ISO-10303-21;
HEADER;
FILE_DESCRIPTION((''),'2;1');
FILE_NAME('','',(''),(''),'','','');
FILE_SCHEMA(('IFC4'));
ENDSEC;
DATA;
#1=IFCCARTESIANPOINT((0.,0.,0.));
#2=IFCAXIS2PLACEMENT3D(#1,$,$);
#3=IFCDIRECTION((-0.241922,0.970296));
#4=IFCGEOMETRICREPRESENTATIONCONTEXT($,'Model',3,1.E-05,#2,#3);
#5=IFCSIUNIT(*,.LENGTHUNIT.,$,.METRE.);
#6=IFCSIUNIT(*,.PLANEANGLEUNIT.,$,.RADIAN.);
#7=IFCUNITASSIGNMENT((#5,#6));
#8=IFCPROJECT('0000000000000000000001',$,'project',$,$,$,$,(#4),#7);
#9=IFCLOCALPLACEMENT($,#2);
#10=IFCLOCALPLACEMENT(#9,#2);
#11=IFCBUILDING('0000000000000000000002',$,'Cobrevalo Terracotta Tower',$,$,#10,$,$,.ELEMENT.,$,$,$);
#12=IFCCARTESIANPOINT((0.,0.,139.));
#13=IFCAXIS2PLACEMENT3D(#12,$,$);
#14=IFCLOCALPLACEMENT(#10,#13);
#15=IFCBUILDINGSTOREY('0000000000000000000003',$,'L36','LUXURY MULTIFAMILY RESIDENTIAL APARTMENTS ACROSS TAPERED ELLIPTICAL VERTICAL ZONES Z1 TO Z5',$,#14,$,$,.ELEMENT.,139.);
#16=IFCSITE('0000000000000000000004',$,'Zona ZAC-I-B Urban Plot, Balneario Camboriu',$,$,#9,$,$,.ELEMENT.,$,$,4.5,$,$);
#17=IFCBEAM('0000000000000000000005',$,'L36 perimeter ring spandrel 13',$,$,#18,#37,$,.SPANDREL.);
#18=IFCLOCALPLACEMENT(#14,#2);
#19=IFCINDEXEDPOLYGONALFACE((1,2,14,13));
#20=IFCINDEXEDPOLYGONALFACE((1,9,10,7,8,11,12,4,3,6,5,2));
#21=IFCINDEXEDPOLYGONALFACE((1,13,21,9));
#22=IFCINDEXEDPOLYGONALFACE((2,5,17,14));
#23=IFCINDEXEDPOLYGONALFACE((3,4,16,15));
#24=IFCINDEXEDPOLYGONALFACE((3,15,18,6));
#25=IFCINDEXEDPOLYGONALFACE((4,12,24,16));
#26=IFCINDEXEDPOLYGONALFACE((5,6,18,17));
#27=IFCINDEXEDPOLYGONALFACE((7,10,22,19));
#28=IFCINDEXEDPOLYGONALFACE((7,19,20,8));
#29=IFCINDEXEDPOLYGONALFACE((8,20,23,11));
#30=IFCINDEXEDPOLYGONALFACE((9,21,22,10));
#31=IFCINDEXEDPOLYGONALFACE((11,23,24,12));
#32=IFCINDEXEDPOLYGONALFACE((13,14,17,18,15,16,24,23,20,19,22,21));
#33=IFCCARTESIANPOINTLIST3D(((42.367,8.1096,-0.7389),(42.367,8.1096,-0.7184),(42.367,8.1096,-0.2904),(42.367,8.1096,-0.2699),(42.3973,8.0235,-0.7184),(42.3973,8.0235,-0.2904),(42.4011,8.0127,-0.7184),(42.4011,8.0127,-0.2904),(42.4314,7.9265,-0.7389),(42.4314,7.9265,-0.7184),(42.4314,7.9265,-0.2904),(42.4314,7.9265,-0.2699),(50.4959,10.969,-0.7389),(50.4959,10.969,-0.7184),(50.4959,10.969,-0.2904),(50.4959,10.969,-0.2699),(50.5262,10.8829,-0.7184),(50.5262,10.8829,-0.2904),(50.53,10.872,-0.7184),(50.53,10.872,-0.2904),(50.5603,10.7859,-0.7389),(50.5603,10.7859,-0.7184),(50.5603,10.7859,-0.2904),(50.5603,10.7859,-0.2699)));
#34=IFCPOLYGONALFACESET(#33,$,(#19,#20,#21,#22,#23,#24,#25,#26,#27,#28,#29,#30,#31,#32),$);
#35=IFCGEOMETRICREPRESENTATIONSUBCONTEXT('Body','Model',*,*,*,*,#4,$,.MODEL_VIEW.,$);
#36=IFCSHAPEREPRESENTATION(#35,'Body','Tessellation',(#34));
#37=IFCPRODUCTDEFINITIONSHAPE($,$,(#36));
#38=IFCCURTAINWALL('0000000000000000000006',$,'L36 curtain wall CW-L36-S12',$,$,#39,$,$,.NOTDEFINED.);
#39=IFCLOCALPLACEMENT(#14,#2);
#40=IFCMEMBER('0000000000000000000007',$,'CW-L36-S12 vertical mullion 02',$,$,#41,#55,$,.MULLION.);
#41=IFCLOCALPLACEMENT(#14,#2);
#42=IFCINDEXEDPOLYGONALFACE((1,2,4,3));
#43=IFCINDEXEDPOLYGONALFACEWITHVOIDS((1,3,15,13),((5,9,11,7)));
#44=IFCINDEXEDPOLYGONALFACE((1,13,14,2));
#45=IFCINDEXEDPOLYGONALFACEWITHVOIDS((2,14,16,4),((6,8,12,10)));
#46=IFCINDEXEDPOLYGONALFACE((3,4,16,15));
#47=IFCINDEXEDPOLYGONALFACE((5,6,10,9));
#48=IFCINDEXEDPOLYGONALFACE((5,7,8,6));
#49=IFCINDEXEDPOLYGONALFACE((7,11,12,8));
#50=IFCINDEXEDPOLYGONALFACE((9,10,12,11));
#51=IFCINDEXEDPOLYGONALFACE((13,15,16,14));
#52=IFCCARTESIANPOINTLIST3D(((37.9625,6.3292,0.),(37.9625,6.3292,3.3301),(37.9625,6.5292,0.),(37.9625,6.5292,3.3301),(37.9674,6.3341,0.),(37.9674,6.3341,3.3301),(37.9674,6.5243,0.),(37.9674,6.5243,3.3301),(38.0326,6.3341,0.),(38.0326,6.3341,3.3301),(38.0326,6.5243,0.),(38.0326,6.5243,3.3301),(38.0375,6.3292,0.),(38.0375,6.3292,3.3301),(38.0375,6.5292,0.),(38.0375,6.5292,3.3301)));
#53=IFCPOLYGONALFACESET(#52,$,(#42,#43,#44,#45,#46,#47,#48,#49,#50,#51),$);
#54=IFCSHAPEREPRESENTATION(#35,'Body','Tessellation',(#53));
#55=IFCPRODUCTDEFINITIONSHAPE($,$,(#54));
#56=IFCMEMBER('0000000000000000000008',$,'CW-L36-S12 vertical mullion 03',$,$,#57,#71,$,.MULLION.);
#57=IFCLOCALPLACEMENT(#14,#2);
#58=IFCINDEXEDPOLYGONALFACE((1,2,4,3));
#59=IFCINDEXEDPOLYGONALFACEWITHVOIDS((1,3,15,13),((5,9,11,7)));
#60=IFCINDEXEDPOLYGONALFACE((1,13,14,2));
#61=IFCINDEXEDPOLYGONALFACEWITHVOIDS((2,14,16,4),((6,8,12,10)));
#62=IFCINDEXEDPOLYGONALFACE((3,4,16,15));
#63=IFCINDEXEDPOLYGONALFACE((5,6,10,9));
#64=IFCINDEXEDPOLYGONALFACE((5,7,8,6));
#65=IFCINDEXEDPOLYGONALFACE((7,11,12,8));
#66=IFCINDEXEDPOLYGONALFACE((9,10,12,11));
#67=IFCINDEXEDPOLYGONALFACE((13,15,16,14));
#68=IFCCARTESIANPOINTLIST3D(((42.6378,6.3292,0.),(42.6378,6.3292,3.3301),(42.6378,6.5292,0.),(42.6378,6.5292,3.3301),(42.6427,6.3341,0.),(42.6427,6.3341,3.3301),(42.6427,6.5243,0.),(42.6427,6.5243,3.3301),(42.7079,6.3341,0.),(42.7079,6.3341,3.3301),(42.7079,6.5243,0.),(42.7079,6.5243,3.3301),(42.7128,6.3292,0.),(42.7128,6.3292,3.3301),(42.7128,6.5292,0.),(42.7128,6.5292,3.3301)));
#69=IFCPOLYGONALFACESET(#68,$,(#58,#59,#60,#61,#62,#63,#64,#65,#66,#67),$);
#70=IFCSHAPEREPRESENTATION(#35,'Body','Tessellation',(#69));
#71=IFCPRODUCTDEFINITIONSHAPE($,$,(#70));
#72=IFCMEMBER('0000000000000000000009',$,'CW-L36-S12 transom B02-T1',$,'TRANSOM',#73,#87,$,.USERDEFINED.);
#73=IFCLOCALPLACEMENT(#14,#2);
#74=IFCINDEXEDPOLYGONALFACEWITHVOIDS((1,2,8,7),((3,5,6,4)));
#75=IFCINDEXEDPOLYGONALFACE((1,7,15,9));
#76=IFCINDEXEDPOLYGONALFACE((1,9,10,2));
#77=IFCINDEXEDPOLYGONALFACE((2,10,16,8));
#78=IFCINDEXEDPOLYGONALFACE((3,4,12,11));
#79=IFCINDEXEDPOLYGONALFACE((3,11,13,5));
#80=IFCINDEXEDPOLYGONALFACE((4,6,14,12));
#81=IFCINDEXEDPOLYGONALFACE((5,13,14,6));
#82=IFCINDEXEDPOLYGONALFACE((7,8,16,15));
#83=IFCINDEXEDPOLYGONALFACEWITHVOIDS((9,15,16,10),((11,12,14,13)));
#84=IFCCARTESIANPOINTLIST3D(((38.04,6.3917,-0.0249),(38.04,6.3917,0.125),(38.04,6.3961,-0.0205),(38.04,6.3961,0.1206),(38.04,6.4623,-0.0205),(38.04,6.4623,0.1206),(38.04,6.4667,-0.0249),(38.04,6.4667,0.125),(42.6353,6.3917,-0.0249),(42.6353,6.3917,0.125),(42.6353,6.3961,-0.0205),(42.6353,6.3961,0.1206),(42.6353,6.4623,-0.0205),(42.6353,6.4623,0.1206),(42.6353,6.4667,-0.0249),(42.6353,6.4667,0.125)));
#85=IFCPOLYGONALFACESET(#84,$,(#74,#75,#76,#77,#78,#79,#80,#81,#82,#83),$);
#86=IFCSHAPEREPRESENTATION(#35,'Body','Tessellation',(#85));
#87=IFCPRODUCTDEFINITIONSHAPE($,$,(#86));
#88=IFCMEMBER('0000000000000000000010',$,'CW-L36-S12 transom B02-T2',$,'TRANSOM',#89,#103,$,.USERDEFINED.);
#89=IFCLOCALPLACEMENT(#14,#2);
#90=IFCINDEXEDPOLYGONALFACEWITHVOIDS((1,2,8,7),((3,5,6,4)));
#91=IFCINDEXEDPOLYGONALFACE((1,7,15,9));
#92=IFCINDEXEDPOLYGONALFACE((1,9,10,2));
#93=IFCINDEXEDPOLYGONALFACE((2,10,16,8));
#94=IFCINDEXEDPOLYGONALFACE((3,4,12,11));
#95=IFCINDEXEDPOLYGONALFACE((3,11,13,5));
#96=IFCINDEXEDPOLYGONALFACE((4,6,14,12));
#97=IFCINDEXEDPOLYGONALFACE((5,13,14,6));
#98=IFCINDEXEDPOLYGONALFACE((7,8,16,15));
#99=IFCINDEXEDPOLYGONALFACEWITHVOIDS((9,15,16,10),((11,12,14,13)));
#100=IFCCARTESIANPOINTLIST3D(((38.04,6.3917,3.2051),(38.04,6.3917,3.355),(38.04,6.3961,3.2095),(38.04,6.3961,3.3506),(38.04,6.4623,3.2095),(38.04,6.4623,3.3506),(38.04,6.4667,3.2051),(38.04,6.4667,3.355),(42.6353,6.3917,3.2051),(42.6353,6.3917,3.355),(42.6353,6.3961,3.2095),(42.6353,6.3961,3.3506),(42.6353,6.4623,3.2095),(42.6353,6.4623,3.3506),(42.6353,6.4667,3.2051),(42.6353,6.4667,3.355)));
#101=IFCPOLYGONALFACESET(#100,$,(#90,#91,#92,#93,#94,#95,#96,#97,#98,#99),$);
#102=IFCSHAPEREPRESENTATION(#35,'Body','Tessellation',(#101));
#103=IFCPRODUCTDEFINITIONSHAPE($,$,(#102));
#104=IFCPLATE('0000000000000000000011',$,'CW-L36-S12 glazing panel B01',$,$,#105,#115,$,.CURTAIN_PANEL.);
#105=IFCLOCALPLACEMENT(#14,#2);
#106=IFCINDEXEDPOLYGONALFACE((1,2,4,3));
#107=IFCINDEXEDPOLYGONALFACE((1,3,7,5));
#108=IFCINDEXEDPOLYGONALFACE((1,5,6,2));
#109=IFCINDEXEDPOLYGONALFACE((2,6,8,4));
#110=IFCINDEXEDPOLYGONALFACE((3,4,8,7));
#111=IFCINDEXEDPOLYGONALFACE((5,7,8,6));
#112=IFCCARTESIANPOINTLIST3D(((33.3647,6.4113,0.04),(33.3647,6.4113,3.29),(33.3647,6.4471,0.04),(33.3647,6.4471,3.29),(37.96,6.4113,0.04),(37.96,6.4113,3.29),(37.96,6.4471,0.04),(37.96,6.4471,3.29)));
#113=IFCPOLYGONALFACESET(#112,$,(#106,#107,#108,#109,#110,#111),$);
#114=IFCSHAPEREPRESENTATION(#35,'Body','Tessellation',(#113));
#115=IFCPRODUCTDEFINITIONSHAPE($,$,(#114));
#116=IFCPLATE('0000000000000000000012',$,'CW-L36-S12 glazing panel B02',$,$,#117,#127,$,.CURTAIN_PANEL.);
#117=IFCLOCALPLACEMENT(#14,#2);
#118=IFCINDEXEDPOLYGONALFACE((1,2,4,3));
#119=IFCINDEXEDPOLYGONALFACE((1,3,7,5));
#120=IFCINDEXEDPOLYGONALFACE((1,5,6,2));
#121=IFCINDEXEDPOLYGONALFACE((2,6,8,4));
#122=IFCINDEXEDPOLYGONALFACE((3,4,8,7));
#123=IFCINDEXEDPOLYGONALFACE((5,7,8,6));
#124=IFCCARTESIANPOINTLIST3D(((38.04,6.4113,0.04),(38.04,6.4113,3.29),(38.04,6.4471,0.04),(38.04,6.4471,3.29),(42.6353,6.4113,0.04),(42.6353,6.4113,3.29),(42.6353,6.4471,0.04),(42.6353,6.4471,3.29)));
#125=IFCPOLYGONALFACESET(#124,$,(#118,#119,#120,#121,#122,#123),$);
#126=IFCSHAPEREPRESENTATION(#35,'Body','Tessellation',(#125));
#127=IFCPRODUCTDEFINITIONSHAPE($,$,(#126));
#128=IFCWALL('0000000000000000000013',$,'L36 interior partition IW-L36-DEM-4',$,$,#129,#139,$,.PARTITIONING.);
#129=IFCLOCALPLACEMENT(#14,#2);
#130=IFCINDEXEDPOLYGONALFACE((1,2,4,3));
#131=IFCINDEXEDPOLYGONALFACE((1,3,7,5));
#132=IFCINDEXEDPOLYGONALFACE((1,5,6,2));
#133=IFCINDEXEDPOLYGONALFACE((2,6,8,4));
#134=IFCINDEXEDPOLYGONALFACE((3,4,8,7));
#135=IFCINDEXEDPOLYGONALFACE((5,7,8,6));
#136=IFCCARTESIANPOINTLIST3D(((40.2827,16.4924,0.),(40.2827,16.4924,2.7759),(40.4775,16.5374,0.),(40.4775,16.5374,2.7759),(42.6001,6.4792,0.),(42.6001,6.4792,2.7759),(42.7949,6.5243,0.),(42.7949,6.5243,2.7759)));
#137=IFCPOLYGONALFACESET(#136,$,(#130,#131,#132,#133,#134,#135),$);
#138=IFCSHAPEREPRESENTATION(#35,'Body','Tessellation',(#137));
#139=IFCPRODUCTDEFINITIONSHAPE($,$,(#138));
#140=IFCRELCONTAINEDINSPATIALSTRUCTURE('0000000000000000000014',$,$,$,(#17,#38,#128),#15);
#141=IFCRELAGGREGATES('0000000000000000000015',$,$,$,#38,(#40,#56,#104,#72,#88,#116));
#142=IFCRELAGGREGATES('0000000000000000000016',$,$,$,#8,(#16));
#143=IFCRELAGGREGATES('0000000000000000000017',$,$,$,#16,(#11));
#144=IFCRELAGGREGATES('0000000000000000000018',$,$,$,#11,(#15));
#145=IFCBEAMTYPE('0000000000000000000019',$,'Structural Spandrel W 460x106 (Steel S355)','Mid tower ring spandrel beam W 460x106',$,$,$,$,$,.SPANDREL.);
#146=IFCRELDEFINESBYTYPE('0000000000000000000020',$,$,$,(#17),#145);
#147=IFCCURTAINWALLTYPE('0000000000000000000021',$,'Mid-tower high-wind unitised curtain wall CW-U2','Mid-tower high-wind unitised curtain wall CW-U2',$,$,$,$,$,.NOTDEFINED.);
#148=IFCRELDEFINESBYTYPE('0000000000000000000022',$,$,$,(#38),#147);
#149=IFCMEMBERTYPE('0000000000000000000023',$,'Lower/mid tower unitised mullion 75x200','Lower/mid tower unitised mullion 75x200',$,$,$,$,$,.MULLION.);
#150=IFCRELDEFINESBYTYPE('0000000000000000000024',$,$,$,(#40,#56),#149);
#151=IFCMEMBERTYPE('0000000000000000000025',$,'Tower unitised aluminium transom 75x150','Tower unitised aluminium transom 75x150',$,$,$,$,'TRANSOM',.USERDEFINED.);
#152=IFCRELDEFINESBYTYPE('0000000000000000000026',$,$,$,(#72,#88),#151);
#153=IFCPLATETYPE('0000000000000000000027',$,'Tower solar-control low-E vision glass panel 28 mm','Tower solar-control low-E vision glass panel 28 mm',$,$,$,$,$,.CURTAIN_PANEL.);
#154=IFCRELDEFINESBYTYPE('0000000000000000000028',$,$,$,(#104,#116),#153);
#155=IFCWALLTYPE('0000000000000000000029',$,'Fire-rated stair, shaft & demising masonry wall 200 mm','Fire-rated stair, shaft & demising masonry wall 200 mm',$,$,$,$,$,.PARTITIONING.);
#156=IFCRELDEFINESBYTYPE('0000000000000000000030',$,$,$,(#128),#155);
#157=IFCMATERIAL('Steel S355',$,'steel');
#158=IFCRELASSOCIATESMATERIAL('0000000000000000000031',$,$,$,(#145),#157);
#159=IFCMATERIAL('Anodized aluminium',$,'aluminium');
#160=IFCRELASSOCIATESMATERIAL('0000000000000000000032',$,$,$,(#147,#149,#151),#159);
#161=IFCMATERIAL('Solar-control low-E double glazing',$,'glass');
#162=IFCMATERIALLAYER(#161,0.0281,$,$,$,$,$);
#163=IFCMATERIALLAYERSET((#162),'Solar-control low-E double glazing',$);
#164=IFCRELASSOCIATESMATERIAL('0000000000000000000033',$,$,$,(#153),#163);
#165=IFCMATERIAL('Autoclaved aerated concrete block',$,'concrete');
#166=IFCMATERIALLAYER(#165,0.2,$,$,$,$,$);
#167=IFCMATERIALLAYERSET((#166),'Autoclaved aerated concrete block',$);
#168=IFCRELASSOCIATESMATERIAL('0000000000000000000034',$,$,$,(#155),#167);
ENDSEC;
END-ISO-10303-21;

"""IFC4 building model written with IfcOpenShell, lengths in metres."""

from ifc_helpers import new_model, si_unit, direction, frame, frame_2d, origin, origin_2d, place, context, subcontext, project, spatial, rectangle, hollow_rectangle, i_section, extrude, source, transform, mapped, material, layer, layer_set, material_profile, profile_set, type_object, element, aggregate, save


model = new_model("IFC4")

# Units and contexts
model_context = context("Model", 3, precision=1e-05, world=origin(), true_north=direction((-0.241922, 0.970296)))
body_context = subcontext(model_context, "Body", "Model", "MODEL_VIEW")
ifc_project = project(units=[si_unit("LENGTHUNIT", "METRE"), si_unit("PLANEANGLEUNIT", "RADIAN")], contexts=[model_context])

# Site, building, storey
site_placement = place(None, origin())
site = spatial("IfcSite", under=ifc_project, at=site_placement, Name="Zona ZAC-I-B Urban Plot, Balneario Camboriu", CompositionType="ELEMENT", RefElevation=4.5)
building_placement = place(site_placement, origin())
building = spatial("IfcBuilding", under=site, at=building_placement, Name="Cobrevalo Terracotta Tower", CompositionType="ELEMENT")
storey_placement = place(building_placement, frame((0.0, 0.0, 139.0)))
storey = spatial("IfcBuildingStorey", under=building, at=storey_placement, Name="L36", Description="LUXURY MULTIFAMILY RESIDENTIAL APARTMENTS ACROSS TAPERED ELLIPTICAL VERTICAL ZONES Z1 TO Z5", CompositionType="ELEMENT", Elevation=139.0)

# Shared definitions
ifc_material_1 = material(Name="Steel S355", Category="steel")

# Beam
ifc_material_profile_1 = material_profile(ifc_material_1, i_section(OverallWidth=0.1941, OverallDepth=0.469, WebThickness=0.0115, FlangeThickness=0.0205, at=origin_2d()), Name="W 460x106")
ifc_profile_set_1 = profile_set([ifc_material_profile_1], Name="Steel S355")
beam_type_1 = type_object("IfcBeamType", Name="Structural Spandrel W 460x106 (Steel S355)", Description="Mid tower ring spandrel beam W 460x106", PredefinedType="SPANDREL", material=ifc_profile_set_1)
beam_1_placement = place(storey_placement, frame((42.3992, 8.0181, -0.5044), z_axis=(0.943341, 0.331824, 0.0), x_axis=(-0.331824, 0.943341, 0.0)))
element("IfcBeam", 1, at=beam_1_placement, inside=storey, type_object=beam_type_1, Name="L36 perimeter ring spandrel 13", PredefinedType="SPANDREL", context=body_context, shape_type="SweptSolid", body=[
    extrude(i_section(OverallWidth=0.1941, OverallDepth=0.469, WebThickness=0.0115, FlangeThickness=0.0205, at=origin_2d()), origin(), (0.0, 0.0, 1.0), 8.6172),
])

# Curtain wall, members, plates
ifc_material_2 = material(Name="Anodized aluminium", Category="aluminium")
curtain_wall_type = type_object("IfcCurtainWallType", Name="Mid-tower high-wind unitised curtain wall CW-U2", Description="Mid-tower high-wind unitised curtain wall CW-U2", PredefinedType="NOTDEFINED", material=ifc_material_2)
curtain_wall_placement = place(storey_placement, origin())
curtain_wall = element("IfcCurtainWall", 2, at=curtain_wall_placement, inside=storey, type_object=curtain_wall_type, Name="L36 curtain wall CW-L36-S12", PredefinedType="NOTDEFINED")
ifc_material_profile_2 = material_profile(ifc_material_2, hollow_rectangle(XDim=0.075, YDim=0.2, WallThickness=0.0049, at=origin_2d()), Name="CWM 75x200")
ifc_profile_set_2 = profile_set([ifc_material_profile_2], Name="Anodized aluminium")
member_type_1 = type_object("IfcMemberType", Name="Lower/mid tower unitised mullion 75x200", Description="Lower/mid tower unitised mullion 75x200", PredefinedType="MULLION", material=ifc_profile_set_2)
shared_shape_1 = source(origin(), body_context, "Body", "SweptSolid", [
    extrude(hollow_rectangle(XDim=0.075, YDim=0.2, WallThickness=0.0049, at=origin_2d()), origin(), (0.0, 0.0, 1.0), 3.3301),
])
member_1_placement = place(storey_placement, frame((38.0, 6.4292, 0.0), z_axis=(0.0, 0.0, 1.0), x_axis=(1.0, 0.0, 0.0)))
member_1 = element("IfcMember", 3, at=member_1_placement, type_object=member_type_1, Name="CW-L36-S12 vertical mullion 02", PredefinedType="MULLION", context=body_context, shape_type="MappedRepresentation", body=[
    mapped(shared_shape_1, transform((0.0, 0.0, 0.0), scale=1.0)),
])
member_2_placement = place(storey_placement, frame((42.6753, 6.4292, 0.0), z_axis=(0.0, 0.0, 1.0), x_axis=(1.0, 0.0, 0.0)))
member_2 = element("IfcMember", 4, at=member_2_placement, type_object=member_type_1, Name="CW-L36-S12 vertical mullion 03", PredefinedType="MULLION", context=body_context, shape_type="MappedRepresentation", body=[
    mapped(shared_shape_1, transform((0.0, 0.0, 0.0), scale=1.0)),
])
ifc_material_profile_3 = material_profile(ifc_material_2, hollow_rectangle(XDim=0.075, YDim=0.1499, WallThickness=0.0044, at=origin_2d()), Name="CWT 75x150")
ifc_profile_set_3 = profile_set([ifc_material_profile_3], Name="Anodized aluminium")
member_type_2 = type_object("IfcMemberType", Name="Tower unitised aluminium transom 75x150", Description="Tower unitised aluminium transom 75x150", ElementType="TRANSOM", PredefinedType="USERDEFINED", material=ifc_profile_set_3)
shared_shape_2 = source(origin(), body_context, "Body", "SweptSolid", [
    extrude(hollow_rectangle(XDim=0.075, YDim=0.1499, WallThickness=0.0044, at=origin_2d()), origin(), (0.0, 0.0, 1.0), 4.5952),
])
member_3_placement = place(storey_placement, frame((38.04, 6.4292, 0.05), z_axis=(1.0, 0.0, 0.0), x_axis=(0.0, 1.0, 0.0)))
member_3 = element("IfcMember", 5, at=member_3_placement, type_object=member_type_2, Name="CW-L36-S12 transom B02-T1", ObjectType="TRANSOM", PredefinedType="USERDEFINED", context=body_context, shape_type="MappedRepresentation", body=[
    mapped(shared_shape_2, transform((0.0, 0.0, 0.0), scale=1.0)),
])
member_4_placement = place(storey_placement, frame((38.04, 6.4292, 3.28), z_axis=(1.0, 0.0, 0.0), x_axis=(0.0, 1.0, 0.0)))
member_4 = element("IfcMember", 6, at=member_4_placement, type_object=member_type_2, Name="CW-L36-S12 transom B02-T2", ObjectType="TRANSOM", PredefinedType="USERDEFINED", context=body_context, shape_type="MappedRepresentation", body=[
    mapped(shared_shape_2, transform((0.0, 0.0, 0.0), scale=1.0)),
])
ifc_material_3 = material(Name="Solar-control low-E double glazing", Category="glass")
ifc_layer_1 = layer(ifc_material_3, 0.0281)
ifc_layer_set_1 = layer_set([ifc_layer_1], Name="Solar-control low-E double glazing")
plate_type = type_object("IfcPlateType", Name="Tower solar-control low-E vision glass panel 28 mm", Description="Tower solar-control low-E vision glass panel 28 mm", PredefinedType="CURTAIN_PANEL", material=ifc_layer_set_1)
shared_shape_3 = source(origin(), body_context, "Body", "SweptSolid", [
    extrude(rectangle(XDim=4.5952, YDim=0.0359, at=origin_2d()), origin(), (0.0, 0.0, 1.0), 3.25),
])
plate_1_placement = place(storey_placement, frame((35.6624, 6.4292, 0.04), z_axis=(0.0, 0.0, 1.0), x_axis=(1.0, 0.0, 0.0)))
plate_1 = element("IfcPlate", 7, at=plate_1_placement, type_object=plate_type, Name="CW-L36-S12 glazing panel B01", PredefinedType="CURTAIN_PANEL", context=body_context, shape_type="MappedRepresentation", body=[
    mapped(shared_shape_3, transform((0.0, 0.0, 0.0), scale=1.0)),
])
plate_2_placement = place(storey_placement, frame((40.3376, 6.4292, 0.04), z_axis=(0.0, 0.0, 1.0), x_axis=(1.0, 0.0, 0.0)))
plate_2 = element("IfcPlate", 8, at=plate_2_placement, type_object=plate_type, Name="CW-L36-S12 glazing panel B02", PredefinedType="CURTAIN_PANEL", context=body_context, shape_type="MappedRepresentation", body=[
    mapped(shared_shape_3, transform((0.0, 0.0, 0.0), scale=1.0)),
])
aggregate(curtain_wall, [member_1, member_2, plate_1, member_3, member_4, plate_2])

# Wall
ifc_material_4 = material(Name="Autoclaved aerated concrete block", Category="concrete")
ifc_layer_2 = layer(ifc_material_4, 0.2)
ifc_layer_set_2 = layer_set([ifc_layer_2], Name="Autoclaved aerated concrete block")
wall_type_1 = type_object("IfcWallType", Name="Fire-rated stair, shaft & demising masonry wall 200 mm", Description="Fire-rated stair, shaft & demising masonry wall 200 mm", PredefinedType="PARTITIONING", material=ifc_layer_set_2)
wall_1_placement = place(storey_placement, frame((40.3801, 16.5149, 0.0), z_axis=(0.0, 0.0, 1.0), x_axis=(0.225474, -0.974249, 0.0)))
element("IfcWall", 9, at=wall_1_placement, inside=storey, type_object=wall_type_1, Name="L36 interior partition IW-L36-DEM-4", PredefinedType="PARTITIONING", context=body_context, shape_type="SweptSolid", body=[
    extrude(rectangle(XDim=10.2778, YDim=0.2, at=frame_2d((5.1389, 0.0))), origin(), (0.0, 0.0, 1.0), 2.7759),
])

save(model, "model.ifc")
